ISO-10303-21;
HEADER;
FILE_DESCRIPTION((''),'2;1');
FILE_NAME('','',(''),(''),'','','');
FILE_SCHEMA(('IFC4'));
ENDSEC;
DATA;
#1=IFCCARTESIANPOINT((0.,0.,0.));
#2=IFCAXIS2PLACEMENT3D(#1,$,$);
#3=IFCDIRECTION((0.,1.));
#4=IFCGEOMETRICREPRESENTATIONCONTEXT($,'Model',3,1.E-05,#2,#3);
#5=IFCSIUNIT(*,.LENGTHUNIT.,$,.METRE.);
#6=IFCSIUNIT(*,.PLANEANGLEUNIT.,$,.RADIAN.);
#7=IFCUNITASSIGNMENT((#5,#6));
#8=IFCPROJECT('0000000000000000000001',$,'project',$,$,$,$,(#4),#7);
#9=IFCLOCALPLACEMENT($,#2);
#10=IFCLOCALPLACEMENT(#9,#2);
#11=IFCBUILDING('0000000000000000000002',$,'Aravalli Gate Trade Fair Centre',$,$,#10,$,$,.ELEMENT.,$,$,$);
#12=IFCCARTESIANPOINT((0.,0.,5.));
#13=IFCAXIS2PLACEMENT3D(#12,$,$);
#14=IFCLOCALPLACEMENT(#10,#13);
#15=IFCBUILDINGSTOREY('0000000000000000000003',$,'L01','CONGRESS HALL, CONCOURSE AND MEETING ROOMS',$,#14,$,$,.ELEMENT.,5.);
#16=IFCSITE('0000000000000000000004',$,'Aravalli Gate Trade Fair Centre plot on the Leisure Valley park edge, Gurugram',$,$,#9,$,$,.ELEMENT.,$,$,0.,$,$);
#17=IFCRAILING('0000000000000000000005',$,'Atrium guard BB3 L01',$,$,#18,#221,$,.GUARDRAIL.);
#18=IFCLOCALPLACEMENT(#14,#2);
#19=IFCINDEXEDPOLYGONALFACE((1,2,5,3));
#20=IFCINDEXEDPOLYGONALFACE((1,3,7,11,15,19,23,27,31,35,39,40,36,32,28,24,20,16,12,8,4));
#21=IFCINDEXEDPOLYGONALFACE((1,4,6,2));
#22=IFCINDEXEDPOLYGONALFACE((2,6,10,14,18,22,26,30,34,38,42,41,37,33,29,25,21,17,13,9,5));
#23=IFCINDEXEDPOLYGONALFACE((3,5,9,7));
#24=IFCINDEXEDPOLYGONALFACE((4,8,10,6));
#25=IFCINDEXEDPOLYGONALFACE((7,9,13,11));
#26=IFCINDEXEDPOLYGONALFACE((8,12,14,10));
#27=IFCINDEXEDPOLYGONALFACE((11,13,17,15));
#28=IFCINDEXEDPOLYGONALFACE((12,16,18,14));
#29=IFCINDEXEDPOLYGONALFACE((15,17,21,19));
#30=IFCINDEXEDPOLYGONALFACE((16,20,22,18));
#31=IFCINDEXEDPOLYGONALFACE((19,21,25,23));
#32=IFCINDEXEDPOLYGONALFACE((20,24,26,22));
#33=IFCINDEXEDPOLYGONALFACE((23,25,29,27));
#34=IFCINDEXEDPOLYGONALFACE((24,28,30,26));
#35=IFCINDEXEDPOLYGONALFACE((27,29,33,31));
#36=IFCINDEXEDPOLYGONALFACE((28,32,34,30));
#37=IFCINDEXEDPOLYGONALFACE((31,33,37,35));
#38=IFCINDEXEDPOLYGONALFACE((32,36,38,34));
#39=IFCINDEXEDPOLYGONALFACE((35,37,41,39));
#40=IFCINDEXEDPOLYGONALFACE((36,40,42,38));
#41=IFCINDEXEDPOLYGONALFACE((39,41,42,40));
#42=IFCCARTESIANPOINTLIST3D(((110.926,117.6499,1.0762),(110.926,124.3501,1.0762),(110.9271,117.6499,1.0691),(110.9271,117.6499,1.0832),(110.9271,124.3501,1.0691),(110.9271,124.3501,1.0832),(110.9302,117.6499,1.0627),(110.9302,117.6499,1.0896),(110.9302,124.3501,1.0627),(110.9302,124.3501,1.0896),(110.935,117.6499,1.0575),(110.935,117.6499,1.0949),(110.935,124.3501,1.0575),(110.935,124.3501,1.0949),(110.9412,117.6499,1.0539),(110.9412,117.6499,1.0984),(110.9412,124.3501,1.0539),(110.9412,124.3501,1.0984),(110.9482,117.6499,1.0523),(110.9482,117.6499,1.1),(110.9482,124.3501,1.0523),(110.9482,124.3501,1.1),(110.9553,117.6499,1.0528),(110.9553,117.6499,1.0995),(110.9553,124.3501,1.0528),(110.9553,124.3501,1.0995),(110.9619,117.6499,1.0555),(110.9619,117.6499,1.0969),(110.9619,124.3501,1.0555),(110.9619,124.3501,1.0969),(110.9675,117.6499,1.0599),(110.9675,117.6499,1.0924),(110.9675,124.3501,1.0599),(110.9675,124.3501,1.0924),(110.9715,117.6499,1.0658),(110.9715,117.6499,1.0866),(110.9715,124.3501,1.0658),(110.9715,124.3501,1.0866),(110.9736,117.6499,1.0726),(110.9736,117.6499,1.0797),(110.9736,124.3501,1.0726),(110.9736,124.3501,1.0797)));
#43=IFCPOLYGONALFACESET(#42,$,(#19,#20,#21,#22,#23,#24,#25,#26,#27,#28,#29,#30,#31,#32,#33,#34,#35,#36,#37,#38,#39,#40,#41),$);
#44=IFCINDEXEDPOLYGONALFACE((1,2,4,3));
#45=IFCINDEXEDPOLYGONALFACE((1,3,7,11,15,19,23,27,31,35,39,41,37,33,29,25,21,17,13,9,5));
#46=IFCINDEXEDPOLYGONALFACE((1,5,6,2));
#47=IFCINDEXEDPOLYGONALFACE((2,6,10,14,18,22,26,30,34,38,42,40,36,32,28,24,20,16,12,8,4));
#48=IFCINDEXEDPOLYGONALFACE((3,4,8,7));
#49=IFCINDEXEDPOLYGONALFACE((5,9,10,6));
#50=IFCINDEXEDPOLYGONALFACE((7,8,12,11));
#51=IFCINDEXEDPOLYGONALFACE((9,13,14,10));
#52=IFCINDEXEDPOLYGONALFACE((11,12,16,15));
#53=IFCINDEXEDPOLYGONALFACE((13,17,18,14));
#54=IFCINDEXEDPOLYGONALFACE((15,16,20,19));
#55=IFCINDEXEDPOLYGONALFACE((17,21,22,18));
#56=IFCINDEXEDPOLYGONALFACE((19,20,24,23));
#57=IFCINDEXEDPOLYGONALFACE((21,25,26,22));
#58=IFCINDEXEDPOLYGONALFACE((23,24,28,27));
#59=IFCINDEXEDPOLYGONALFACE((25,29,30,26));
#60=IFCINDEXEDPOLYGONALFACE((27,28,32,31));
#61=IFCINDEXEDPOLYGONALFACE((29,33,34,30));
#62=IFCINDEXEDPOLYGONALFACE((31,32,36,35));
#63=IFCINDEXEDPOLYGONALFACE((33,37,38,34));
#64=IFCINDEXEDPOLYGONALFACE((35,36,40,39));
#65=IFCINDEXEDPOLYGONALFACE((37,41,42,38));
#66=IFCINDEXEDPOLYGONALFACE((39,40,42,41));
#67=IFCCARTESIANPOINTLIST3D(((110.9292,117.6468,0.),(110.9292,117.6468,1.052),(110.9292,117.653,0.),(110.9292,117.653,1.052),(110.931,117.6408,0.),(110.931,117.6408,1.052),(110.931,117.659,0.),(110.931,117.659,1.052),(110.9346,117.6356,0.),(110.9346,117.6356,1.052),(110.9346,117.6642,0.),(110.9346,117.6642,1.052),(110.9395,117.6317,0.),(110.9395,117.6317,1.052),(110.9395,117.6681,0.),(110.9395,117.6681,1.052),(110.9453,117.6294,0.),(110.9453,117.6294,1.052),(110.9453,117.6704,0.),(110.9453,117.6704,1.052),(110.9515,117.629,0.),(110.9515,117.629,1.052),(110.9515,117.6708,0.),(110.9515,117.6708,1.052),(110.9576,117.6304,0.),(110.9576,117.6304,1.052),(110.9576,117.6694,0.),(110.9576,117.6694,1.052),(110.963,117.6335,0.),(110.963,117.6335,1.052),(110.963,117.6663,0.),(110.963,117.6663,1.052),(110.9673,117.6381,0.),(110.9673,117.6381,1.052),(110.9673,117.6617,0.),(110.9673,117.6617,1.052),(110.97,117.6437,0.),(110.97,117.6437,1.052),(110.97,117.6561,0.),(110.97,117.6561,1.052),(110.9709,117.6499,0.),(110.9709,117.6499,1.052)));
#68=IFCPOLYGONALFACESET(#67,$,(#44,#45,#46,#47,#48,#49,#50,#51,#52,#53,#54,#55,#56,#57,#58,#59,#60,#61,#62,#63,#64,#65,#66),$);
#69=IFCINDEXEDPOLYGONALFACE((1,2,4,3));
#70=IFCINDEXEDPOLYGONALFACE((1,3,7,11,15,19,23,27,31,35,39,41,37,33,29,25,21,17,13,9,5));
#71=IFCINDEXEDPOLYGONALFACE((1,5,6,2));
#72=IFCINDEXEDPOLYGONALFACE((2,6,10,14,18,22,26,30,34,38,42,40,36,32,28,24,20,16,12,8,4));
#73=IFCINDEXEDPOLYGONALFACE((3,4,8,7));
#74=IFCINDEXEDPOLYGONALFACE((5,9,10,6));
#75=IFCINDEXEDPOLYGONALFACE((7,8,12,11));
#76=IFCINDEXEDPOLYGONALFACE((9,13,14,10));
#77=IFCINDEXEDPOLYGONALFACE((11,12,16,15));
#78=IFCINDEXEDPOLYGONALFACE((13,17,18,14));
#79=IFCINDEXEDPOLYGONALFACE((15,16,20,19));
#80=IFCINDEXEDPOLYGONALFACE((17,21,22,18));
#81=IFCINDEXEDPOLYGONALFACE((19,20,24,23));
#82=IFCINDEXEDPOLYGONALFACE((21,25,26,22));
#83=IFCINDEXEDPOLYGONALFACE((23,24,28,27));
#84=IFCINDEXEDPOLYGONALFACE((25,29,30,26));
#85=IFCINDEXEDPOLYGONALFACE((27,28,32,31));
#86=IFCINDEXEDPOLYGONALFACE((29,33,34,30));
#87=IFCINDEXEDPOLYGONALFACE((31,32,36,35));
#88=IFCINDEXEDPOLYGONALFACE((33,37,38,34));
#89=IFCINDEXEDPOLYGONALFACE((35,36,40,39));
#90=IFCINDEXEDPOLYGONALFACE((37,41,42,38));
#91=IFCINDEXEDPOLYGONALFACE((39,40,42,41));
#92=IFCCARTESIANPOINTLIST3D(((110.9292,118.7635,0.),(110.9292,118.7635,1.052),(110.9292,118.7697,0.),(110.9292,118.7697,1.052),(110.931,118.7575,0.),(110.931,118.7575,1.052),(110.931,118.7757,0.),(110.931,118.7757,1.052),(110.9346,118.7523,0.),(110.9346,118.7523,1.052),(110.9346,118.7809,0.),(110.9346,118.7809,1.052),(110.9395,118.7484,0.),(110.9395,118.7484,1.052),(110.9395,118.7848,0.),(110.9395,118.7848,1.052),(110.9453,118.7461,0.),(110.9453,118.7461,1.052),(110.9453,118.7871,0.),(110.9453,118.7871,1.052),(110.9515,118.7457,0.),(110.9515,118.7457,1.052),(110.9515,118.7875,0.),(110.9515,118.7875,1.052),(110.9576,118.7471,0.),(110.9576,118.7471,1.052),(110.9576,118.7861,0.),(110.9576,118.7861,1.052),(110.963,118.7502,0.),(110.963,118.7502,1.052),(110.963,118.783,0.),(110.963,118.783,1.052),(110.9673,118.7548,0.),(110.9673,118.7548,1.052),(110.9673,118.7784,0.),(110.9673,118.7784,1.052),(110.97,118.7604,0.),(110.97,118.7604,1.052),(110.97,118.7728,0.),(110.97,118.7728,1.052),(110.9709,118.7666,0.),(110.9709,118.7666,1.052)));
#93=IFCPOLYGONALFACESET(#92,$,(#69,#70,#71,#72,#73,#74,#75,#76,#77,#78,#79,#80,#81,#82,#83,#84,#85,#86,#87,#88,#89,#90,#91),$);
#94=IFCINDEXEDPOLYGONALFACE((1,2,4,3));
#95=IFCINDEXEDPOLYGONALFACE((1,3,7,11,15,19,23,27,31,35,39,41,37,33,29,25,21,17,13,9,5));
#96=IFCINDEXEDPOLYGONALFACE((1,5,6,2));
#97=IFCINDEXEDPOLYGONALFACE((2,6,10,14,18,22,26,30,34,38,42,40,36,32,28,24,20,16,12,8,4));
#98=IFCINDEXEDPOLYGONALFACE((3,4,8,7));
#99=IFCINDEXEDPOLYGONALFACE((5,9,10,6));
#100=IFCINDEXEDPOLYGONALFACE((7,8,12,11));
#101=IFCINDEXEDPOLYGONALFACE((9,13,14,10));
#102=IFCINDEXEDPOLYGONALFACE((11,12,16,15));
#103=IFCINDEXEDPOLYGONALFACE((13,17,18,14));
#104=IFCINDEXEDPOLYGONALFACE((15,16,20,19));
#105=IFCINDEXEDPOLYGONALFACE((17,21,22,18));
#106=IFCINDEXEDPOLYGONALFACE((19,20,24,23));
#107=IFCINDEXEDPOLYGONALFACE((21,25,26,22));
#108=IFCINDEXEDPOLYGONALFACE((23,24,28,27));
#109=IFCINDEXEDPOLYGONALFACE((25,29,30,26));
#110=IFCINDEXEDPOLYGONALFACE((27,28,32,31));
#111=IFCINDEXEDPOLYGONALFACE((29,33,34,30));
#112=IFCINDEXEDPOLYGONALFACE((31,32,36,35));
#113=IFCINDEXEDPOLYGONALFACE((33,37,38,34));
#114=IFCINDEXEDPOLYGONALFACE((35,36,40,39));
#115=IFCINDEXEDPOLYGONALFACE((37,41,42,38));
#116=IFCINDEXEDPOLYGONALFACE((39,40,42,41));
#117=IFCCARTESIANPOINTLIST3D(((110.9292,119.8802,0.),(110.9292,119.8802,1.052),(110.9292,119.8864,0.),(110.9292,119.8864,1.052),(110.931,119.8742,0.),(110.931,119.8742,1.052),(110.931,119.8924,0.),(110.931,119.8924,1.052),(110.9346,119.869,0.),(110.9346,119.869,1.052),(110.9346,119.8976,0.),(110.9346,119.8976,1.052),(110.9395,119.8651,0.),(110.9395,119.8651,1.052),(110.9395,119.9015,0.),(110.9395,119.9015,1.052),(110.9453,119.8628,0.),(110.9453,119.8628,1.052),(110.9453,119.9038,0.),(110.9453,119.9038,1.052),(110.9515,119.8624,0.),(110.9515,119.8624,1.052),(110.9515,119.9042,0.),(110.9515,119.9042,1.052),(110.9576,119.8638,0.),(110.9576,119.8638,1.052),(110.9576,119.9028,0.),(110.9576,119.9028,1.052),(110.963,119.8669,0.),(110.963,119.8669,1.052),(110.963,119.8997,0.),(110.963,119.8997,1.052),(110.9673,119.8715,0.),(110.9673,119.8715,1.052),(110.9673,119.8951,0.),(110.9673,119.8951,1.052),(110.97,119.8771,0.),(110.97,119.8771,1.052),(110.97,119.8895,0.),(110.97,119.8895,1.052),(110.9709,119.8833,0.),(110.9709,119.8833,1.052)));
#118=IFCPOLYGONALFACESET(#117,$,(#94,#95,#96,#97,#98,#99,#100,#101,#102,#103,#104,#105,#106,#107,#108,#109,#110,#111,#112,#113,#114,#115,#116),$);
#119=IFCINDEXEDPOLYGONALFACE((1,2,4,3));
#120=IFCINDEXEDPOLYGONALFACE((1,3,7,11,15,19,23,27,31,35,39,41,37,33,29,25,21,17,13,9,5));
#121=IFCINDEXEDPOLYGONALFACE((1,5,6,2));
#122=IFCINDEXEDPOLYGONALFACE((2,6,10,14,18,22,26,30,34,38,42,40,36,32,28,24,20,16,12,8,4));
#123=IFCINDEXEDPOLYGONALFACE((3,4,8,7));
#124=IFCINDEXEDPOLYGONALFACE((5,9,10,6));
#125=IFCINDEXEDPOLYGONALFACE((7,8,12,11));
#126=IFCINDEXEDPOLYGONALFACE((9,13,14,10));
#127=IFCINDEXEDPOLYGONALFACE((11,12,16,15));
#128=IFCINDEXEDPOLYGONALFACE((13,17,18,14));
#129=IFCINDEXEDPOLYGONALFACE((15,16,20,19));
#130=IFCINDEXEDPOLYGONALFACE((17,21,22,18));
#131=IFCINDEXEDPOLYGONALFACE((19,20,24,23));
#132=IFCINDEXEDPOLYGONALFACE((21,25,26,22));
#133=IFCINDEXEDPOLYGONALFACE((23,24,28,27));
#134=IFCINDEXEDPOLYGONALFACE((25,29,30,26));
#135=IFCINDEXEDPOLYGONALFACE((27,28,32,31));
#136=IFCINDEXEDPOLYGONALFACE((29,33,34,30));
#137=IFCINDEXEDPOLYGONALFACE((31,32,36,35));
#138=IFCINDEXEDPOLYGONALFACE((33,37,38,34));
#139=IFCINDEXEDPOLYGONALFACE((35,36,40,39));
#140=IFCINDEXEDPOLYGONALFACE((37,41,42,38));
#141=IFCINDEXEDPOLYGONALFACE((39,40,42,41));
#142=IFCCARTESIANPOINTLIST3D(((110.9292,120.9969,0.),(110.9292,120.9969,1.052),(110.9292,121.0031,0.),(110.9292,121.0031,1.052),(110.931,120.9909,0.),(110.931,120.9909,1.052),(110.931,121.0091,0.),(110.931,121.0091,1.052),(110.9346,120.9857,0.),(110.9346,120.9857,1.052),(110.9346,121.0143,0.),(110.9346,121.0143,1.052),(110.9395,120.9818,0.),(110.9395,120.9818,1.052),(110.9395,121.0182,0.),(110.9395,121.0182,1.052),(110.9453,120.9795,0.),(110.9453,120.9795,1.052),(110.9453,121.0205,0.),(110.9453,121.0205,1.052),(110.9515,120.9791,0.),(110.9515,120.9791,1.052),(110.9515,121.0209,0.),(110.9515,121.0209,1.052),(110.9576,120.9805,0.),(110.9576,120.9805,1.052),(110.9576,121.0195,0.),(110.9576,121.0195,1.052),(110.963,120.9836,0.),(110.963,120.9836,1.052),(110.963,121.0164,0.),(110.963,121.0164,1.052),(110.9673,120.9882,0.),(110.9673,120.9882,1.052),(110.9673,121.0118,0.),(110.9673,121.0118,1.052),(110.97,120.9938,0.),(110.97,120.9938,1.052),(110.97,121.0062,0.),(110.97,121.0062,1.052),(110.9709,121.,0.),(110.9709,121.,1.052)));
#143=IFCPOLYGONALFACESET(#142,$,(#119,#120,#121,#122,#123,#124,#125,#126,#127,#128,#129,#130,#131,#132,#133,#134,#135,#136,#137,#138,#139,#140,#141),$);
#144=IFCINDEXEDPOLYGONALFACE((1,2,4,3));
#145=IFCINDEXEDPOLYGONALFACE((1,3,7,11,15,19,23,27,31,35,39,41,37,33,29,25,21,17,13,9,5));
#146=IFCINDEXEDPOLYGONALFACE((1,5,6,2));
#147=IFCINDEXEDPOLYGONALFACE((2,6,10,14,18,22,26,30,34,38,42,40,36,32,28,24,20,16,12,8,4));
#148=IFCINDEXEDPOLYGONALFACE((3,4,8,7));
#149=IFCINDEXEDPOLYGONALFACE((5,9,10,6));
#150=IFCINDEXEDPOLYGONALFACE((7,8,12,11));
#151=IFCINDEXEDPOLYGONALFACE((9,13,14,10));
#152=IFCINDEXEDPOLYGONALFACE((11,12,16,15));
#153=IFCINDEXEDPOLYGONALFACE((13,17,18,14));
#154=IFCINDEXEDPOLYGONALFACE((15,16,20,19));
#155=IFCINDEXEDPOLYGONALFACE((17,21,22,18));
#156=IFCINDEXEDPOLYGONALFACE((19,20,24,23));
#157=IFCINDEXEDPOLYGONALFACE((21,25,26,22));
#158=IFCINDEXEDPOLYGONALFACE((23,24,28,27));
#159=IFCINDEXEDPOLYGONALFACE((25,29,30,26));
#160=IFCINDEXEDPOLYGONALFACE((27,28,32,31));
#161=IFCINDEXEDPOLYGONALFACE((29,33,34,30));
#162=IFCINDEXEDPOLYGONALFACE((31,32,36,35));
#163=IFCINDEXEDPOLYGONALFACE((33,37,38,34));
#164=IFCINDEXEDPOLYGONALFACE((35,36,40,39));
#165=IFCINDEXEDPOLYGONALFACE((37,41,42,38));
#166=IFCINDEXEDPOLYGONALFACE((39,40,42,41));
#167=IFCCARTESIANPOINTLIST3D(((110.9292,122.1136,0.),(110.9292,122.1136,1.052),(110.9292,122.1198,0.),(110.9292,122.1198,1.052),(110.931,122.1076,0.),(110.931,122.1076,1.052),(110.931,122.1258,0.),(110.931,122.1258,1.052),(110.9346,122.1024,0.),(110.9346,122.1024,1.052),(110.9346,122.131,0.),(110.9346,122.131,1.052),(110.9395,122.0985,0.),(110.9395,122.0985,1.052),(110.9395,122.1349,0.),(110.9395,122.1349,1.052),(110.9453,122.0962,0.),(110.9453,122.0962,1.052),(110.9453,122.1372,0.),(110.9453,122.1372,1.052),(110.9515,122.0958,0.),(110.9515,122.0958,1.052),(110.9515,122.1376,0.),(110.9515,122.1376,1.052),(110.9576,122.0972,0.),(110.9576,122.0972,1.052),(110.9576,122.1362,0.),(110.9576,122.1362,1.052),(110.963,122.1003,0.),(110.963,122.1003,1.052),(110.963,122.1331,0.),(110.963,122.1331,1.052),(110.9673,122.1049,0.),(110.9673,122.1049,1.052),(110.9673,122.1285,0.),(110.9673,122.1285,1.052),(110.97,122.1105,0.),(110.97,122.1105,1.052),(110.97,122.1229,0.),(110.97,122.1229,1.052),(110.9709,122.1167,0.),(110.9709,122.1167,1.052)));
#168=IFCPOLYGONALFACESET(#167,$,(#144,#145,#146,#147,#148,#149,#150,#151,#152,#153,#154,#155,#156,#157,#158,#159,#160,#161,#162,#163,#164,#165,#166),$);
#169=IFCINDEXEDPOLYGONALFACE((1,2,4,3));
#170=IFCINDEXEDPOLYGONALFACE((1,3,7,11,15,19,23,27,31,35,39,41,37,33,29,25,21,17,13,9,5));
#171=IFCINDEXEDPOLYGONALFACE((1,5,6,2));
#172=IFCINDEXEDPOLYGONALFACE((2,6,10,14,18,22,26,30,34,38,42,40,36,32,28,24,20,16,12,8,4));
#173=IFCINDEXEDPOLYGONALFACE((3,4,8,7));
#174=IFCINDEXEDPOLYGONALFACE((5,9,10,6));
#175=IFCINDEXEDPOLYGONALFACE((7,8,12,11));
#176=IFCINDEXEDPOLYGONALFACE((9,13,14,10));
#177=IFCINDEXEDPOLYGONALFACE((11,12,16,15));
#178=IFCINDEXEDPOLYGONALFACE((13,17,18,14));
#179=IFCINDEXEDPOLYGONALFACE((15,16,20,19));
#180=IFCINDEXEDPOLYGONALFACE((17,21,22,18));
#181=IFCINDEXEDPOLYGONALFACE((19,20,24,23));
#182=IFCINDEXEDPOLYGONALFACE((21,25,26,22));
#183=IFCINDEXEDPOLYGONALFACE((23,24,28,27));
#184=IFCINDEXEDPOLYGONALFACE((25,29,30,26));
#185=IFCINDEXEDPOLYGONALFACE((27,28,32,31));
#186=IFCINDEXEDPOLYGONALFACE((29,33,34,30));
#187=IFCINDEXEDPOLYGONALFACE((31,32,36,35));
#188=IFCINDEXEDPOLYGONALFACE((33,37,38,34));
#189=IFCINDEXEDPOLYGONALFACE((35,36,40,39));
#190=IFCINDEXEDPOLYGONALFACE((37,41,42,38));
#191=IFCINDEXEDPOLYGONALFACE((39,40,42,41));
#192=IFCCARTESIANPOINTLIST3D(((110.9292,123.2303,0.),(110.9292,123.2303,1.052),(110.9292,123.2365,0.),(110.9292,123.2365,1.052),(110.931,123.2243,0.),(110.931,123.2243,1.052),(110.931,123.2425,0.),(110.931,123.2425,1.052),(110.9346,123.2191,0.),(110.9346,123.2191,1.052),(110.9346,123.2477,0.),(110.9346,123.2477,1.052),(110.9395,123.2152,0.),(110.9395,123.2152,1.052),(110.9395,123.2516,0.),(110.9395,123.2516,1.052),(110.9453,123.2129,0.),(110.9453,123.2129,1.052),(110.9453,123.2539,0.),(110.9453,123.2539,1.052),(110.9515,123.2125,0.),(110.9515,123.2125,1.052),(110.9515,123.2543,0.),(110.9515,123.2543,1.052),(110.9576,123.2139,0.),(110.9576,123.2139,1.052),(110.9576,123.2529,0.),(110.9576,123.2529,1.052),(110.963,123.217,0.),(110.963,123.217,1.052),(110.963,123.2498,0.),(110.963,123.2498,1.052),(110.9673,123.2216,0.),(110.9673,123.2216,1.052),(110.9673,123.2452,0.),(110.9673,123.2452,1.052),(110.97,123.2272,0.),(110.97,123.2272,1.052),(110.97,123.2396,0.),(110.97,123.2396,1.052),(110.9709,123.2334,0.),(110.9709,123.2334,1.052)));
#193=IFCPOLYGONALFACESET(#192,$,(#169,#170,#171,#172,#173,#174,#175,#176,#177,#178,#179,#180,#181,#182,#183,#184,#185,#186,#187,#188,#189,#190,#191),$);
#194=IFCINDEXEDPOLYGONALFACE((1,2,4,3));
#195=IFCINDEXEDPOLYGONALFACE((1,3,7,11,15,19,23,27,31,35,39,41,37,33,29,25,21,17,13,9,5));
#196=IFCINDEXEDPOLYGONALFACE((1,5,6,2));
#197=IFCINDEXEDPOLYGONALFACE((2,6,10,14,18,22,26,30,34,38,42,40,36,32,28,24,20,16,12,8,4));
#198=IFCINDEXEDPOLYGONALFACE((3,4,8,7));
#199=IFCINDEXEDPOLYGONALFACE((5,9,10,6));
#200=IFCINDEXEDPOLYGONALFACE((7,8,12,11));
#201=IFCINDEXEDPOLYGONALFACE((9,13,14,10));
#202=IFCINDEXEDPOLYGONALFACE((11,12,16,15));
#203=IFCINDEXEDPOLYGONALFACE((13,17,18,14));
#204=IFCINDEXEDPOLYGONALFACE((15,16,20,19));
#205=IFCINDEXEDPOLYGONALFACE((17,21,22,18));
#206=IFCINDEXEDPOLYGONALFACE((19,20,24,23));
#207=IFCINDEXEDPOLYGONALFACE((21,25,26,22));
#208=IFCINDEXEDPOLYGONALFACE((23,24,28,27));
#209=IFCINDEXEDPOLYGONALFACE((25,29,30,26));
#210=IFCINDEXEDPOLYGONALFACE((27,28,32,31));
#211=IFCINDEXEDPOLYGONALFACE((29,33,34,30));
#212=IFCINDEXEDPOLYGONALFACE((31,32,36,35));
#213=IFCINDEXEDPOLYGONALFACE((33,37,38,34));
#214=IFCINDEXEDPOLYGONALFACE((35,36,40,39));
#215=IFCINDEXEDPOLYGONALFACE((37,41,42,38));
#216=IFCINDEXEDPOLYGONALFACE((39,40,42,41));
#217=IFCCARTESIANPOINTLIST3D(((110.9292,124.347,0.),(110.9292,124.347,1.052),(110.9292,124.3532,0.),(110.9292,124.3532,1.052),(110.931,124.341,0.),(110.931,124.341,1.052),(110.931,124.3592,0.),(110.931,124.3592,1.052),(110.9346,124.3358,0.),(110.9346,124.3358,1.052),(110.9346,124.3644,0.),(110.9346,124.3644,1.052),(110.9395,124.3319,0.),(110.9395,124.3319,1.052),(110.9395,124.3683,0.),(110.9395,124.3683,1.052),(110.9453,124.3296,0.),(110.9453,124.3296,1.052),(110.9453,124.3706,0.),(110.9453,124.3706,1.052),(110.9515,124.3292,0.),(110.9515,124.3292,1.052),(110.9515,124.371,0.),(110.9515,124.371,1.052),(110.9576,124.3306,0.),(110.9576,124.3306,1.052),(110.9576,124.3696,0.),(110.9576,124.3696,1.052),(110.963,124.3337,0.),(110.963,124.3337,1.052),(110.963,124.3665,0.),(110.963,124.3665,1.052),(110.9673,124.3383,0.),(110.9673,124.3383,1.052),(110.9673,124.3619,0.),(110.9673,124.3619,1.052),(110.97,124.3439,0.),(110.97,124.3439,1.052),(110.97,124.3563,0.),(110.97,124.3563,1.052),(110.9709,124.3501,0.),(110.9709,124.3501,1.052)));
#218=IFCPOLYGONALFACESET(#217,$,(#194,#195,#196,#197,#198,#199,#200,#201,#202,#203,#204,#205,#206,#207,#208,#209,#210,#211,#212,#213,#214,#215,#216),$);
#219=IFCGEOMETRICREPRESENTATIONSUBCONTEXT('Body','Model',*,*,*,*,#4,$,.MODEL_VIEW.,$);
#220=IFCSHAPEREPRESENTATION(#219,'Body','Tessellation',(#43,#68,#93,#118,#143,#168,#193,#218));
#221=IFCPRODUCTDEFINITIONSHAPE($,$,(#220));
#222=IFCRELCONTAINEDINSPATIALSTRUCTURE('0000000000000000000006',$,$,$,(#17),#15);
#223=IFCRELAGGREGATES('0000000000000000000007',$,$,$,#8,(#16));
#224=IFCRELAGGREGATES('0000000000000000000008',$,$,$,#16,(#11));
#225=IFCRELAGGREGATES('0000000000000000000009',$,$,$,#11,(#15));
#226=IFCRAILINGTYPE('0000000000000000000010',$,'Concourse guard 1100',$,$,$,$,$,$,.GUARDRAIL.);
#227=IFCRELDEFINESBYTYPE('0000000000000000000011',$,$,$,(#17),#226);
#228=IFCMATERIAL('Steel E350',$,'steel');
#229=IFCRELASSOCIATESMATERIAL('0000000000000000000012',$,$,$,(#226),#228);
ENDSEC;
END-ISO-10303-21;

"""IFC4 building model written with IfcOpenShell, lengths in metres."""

from ifc_helpers import new_model, si_unit, direction, frame, origin, origin_2d, place, context, subcontext, project, spatial, circle, extrude, material, type_object, element, save


model = new_model("IFC4")

# Units and contexts
model_context = context("Model", 3, precision=1e-05, world=origin(), true_north=direction((0.0, 1.0)))
body_context = subcontext(model_context, "Body", "Model", "MODEL_VIEW")
ifc_project = project(units=[si_unit("LENGTHUNIT", "METRE"), si_unit("PLANEANGLEUNIT", "RADIAN")], contexts=[model_context])

# Site, building, storey
site_placement = place(None, origin())
site = spatial("IfcSite", under=ifc_project, at=site_placement, Name="Aravalli Gate Trade Fair Centre plot on the Leisure Valley park edge, Gurugram", CompositionType="ELEMENT", RefElevation=0.0)
building_placement = place(site_placement, origin())
building = spatial("IfcBuilding", under=site, at=building_placement, Name="Aravalli Gate Trade Fair Centre", CompositionType="ELEMENT")
storey_placement = place(building_placement, frame((0.0, 0.0, 5.0)))
storey = spatial("IfcBuildingStorey", under=building, at=storey_placement, Name="L01", Description="CONGRESS HALL, CONCOURSE AND MEETING ROOMS", CompositionType="ELEMENT", Elevation=5.0)

# Shared definitions
ifc_material_1 = material(Name="Steel E350", Category="steel")

# Railing
railing_type = type_object("IfcRailingType", Name="Concourse guard 1100", PredefinedType="GUARDRAIL", material=ifc_material_1)
for number, where, name in (
    (1, (110.95, 117.6499, 0.0), "Atrium guard BB3 L01"),
):
    element("IfcRailing", number, at=place(storey_placement, frame(where)), inside=storey, type_object=railing_type, Name=name, PredefinedType="GUARDRAIL", context=body_context, shape_type="SweptSolid", body=[
        extrude(circle(Radius=0.0239, at=origin_2d()), frame((0.0, 0.0, 1.0762), z_axis=(0.0, 1.0, 0.0), x_axis=(-1.0, 0.0, 0.0)), (0.0, 0.0, 1.0), 6.7002),
        extrude(circle(Radius=0.021, at=origin_2d()), origin(), (0.0, 0.0, 1.0), 1.052),
        extrude(circle(Radius=0.021, at=origin_2d()), frame((0.0, 1.1167, 0.0)), (0.0, 0.0, 1.0), 1.052),
        extrude(circle(Radius=0.021, at=origin_2d()), frame((0.0, 2.2334, 0.0)), (0.0, 0.0, 1.0), 1.052),
        extrude(circle(Radius=0.021, at=origin_2d()), frame((0.0, 3.3501, 0.0)), (0.0, 0.0, 1.0), 1.052),
        extrude(circle(Radius=0.021, at=origin_2d()), frame((0.0, 4.4668, 0.0)), (0.0, 0.0, 1.0), 1.052),
        extrude(circle(Radius=0.021, at=origin_2d()), frame((0.0, 5.5835, 0.0)), (0.0, 0.0, 1.0), 1.052),
        extrude(circle(Radius=0.021, at=origin_2d()), frame((0.0, 6.7002, 0.0)), (0.0, 0.0, 1.0), 1.052),
    ])

save(model, "model.ifc")
